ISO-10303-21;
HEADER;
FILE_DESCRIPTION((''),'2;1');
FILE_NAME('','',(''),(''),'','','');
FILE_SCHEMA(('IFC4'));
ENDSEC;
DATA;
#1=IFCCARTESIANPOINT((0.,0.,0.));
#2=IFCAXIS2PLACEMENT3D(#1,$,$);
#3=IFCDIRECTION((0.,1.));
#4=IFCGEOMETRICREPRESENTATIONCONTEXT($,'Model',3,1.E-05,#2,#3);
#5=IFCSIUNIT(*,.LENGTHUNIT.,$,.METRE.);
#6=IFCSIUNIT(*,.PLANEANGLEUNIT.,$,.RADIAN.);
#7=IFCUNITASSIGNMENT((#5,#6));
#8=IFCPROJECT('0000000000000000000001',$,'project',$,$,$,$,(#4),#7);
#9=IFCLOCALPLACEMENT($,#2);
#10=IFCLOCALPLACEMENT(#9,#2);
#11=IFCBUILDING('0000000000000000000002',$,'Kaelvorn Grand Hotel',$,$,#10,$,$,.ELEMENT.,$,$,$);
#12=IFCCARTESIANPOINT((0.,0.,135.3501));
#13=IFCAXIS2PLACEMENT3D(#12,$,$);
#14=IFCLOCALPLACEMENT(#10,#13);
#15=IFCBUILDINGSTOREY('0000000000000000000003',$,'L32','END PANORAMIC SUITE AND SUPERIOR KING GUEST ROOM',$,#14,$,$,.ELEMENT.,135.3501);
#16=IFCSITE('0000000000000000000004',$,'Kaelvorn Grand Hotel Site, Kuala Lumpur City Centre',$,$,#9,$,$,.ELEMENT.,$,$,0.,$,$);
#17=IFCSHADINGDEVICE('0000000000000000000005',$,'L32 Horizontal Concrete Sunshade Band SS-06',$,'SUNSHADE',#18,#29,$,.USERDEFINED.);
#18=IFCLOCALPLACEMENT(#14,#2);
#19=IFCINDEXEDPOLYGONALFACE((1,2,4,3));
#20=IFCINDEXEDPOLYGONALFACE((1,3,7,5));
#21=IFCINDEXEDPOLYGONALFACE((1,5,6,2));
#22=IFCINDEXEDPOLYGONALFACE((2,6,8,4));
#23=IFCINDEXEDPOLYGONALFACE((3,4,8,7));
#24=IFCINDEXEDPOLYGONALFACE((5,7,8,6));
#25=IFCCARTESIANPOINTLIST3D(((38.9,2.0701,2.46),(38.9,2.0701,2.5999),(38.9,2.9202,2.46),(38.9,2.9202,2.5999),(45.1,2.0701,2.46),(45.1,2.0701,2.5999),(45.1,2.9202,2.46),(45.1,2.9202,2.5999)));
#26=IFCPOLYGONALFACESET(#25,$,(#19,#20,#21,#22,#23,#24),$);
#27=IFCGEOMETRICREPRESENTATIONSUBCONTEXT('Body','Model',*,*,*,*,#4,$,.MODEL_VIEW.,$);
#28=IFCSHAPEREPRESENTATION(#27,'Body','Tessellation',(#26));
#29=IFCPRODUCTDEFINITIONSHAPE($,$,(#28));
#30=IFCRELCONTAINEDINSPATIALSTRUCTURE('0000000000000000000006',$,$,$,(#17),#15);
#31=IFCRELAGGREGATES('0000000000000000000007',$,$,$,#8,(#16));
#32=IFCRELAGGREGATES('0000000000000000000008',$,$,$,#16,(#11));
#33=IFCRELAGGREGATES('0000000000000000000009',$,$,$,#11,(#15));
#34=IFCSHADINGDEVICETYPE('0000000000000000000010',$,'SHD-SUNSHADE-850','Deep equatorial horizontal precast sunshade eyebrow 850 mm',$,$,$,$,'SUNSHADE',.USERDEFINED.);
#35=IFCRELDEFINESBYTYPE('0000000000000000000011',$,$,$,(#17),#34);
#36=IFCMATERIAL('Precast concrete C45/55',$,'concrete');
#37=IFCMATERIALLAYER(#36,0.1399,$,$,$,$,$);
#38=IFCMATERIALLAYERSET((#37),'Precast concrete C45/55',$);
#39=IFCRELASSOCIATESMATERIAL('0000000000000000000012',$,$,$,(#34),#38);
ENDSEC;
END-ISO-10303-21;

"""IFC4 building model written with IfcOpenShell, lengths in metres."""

from ifc_helpers import new_model, si_unit, direction, frame, origin, origin_2d, place, context, subcontext, project, spatial, rectangle, extrude, material, layer, layer_set, type_object, element, save


model = new_model("IFC4")

# Units and contexts
model_context = context("Model", 3, precision=1e-05, world=origin(), true_north=direction((0.0, 1.0)))
body_context = subcontext(model_context, "Body", "Model", "MODEL_VIEW")
ifc_project = project(units=[si_unit("LENGTHUNIT", "METRE"), si_unit("PLANEANGLEUNIT", "RADIAN")], contexts=[model_context])

# Site, building, storey
site_placement = place(None, origin())
site = spatial("IfcSite", under=ifc_project, at=site_placement, Name="Kaelvorn Grand Hotel Site, Kuala Lumpur City Centre", CompositionType="ELEMENT", RefElevation=0.0)
building_placement = place(site_placement, origin())
building = spatial("IfcBuilding", under=site, at=building_placement, Name="Kaelvorn Grand Hotel", CompositionType="ELEMENT")
storey_placement = place(building_placement, frame((0.0, 0.0, 135.3501)))
storey = spatial("IfcBuildingStorey", under=building, at=storey_placement, Name="L32", Description="END PANORAMIC SUITE AND SUPERIOR KING GUEST ROOM", CompositionType="ELEMENT", Elevation=135.3501)

# Shading device
ifc_material_1 = material(Name="Precast concrete C45/55", Category="concrete")
ifc_layer_1 = layer(ifc_material_1, 0.1399)
ifc_layer_set_1 = layer_set([ifc_layer_1], Name="Precast concrete C45/55")
shading_device_type_1 = type_object("IfcShadingDeviceType", Name="SHD-SUNSHADE-850", Description="Deep equatorial horizontal precast sunshade eyebrow 850 mm", ElementType="SUNSHADE", PredefinedType="USERDEFINED", material=ifc_layer_set_1)
shading_device_1_placement = place(storey_placement, frame((42.0, 2.4951, 2.46), z_axis=(0.0, 0.0, 1.0), x_axis=(1.0, 0.0, 0.0)))
element("IfcShadingDevice", 1, at=shading_device_1_placement, inside=storey, type_object=shading_device_type_1, Name="L32 Horizontal Concrete Sunshade Band SS-06", ObjectType="SUNSHADE", PredefinedType="USERDEFINED", context=body_context, shape_type="SweptSolid", body=[
    extrude(rectangle(XDim=6.2, YDim=0.8501, at=origin_2d()), origin(), (0.0, 0.0, 1.0), 0.1399),
])

save(model, "model.ifc")
